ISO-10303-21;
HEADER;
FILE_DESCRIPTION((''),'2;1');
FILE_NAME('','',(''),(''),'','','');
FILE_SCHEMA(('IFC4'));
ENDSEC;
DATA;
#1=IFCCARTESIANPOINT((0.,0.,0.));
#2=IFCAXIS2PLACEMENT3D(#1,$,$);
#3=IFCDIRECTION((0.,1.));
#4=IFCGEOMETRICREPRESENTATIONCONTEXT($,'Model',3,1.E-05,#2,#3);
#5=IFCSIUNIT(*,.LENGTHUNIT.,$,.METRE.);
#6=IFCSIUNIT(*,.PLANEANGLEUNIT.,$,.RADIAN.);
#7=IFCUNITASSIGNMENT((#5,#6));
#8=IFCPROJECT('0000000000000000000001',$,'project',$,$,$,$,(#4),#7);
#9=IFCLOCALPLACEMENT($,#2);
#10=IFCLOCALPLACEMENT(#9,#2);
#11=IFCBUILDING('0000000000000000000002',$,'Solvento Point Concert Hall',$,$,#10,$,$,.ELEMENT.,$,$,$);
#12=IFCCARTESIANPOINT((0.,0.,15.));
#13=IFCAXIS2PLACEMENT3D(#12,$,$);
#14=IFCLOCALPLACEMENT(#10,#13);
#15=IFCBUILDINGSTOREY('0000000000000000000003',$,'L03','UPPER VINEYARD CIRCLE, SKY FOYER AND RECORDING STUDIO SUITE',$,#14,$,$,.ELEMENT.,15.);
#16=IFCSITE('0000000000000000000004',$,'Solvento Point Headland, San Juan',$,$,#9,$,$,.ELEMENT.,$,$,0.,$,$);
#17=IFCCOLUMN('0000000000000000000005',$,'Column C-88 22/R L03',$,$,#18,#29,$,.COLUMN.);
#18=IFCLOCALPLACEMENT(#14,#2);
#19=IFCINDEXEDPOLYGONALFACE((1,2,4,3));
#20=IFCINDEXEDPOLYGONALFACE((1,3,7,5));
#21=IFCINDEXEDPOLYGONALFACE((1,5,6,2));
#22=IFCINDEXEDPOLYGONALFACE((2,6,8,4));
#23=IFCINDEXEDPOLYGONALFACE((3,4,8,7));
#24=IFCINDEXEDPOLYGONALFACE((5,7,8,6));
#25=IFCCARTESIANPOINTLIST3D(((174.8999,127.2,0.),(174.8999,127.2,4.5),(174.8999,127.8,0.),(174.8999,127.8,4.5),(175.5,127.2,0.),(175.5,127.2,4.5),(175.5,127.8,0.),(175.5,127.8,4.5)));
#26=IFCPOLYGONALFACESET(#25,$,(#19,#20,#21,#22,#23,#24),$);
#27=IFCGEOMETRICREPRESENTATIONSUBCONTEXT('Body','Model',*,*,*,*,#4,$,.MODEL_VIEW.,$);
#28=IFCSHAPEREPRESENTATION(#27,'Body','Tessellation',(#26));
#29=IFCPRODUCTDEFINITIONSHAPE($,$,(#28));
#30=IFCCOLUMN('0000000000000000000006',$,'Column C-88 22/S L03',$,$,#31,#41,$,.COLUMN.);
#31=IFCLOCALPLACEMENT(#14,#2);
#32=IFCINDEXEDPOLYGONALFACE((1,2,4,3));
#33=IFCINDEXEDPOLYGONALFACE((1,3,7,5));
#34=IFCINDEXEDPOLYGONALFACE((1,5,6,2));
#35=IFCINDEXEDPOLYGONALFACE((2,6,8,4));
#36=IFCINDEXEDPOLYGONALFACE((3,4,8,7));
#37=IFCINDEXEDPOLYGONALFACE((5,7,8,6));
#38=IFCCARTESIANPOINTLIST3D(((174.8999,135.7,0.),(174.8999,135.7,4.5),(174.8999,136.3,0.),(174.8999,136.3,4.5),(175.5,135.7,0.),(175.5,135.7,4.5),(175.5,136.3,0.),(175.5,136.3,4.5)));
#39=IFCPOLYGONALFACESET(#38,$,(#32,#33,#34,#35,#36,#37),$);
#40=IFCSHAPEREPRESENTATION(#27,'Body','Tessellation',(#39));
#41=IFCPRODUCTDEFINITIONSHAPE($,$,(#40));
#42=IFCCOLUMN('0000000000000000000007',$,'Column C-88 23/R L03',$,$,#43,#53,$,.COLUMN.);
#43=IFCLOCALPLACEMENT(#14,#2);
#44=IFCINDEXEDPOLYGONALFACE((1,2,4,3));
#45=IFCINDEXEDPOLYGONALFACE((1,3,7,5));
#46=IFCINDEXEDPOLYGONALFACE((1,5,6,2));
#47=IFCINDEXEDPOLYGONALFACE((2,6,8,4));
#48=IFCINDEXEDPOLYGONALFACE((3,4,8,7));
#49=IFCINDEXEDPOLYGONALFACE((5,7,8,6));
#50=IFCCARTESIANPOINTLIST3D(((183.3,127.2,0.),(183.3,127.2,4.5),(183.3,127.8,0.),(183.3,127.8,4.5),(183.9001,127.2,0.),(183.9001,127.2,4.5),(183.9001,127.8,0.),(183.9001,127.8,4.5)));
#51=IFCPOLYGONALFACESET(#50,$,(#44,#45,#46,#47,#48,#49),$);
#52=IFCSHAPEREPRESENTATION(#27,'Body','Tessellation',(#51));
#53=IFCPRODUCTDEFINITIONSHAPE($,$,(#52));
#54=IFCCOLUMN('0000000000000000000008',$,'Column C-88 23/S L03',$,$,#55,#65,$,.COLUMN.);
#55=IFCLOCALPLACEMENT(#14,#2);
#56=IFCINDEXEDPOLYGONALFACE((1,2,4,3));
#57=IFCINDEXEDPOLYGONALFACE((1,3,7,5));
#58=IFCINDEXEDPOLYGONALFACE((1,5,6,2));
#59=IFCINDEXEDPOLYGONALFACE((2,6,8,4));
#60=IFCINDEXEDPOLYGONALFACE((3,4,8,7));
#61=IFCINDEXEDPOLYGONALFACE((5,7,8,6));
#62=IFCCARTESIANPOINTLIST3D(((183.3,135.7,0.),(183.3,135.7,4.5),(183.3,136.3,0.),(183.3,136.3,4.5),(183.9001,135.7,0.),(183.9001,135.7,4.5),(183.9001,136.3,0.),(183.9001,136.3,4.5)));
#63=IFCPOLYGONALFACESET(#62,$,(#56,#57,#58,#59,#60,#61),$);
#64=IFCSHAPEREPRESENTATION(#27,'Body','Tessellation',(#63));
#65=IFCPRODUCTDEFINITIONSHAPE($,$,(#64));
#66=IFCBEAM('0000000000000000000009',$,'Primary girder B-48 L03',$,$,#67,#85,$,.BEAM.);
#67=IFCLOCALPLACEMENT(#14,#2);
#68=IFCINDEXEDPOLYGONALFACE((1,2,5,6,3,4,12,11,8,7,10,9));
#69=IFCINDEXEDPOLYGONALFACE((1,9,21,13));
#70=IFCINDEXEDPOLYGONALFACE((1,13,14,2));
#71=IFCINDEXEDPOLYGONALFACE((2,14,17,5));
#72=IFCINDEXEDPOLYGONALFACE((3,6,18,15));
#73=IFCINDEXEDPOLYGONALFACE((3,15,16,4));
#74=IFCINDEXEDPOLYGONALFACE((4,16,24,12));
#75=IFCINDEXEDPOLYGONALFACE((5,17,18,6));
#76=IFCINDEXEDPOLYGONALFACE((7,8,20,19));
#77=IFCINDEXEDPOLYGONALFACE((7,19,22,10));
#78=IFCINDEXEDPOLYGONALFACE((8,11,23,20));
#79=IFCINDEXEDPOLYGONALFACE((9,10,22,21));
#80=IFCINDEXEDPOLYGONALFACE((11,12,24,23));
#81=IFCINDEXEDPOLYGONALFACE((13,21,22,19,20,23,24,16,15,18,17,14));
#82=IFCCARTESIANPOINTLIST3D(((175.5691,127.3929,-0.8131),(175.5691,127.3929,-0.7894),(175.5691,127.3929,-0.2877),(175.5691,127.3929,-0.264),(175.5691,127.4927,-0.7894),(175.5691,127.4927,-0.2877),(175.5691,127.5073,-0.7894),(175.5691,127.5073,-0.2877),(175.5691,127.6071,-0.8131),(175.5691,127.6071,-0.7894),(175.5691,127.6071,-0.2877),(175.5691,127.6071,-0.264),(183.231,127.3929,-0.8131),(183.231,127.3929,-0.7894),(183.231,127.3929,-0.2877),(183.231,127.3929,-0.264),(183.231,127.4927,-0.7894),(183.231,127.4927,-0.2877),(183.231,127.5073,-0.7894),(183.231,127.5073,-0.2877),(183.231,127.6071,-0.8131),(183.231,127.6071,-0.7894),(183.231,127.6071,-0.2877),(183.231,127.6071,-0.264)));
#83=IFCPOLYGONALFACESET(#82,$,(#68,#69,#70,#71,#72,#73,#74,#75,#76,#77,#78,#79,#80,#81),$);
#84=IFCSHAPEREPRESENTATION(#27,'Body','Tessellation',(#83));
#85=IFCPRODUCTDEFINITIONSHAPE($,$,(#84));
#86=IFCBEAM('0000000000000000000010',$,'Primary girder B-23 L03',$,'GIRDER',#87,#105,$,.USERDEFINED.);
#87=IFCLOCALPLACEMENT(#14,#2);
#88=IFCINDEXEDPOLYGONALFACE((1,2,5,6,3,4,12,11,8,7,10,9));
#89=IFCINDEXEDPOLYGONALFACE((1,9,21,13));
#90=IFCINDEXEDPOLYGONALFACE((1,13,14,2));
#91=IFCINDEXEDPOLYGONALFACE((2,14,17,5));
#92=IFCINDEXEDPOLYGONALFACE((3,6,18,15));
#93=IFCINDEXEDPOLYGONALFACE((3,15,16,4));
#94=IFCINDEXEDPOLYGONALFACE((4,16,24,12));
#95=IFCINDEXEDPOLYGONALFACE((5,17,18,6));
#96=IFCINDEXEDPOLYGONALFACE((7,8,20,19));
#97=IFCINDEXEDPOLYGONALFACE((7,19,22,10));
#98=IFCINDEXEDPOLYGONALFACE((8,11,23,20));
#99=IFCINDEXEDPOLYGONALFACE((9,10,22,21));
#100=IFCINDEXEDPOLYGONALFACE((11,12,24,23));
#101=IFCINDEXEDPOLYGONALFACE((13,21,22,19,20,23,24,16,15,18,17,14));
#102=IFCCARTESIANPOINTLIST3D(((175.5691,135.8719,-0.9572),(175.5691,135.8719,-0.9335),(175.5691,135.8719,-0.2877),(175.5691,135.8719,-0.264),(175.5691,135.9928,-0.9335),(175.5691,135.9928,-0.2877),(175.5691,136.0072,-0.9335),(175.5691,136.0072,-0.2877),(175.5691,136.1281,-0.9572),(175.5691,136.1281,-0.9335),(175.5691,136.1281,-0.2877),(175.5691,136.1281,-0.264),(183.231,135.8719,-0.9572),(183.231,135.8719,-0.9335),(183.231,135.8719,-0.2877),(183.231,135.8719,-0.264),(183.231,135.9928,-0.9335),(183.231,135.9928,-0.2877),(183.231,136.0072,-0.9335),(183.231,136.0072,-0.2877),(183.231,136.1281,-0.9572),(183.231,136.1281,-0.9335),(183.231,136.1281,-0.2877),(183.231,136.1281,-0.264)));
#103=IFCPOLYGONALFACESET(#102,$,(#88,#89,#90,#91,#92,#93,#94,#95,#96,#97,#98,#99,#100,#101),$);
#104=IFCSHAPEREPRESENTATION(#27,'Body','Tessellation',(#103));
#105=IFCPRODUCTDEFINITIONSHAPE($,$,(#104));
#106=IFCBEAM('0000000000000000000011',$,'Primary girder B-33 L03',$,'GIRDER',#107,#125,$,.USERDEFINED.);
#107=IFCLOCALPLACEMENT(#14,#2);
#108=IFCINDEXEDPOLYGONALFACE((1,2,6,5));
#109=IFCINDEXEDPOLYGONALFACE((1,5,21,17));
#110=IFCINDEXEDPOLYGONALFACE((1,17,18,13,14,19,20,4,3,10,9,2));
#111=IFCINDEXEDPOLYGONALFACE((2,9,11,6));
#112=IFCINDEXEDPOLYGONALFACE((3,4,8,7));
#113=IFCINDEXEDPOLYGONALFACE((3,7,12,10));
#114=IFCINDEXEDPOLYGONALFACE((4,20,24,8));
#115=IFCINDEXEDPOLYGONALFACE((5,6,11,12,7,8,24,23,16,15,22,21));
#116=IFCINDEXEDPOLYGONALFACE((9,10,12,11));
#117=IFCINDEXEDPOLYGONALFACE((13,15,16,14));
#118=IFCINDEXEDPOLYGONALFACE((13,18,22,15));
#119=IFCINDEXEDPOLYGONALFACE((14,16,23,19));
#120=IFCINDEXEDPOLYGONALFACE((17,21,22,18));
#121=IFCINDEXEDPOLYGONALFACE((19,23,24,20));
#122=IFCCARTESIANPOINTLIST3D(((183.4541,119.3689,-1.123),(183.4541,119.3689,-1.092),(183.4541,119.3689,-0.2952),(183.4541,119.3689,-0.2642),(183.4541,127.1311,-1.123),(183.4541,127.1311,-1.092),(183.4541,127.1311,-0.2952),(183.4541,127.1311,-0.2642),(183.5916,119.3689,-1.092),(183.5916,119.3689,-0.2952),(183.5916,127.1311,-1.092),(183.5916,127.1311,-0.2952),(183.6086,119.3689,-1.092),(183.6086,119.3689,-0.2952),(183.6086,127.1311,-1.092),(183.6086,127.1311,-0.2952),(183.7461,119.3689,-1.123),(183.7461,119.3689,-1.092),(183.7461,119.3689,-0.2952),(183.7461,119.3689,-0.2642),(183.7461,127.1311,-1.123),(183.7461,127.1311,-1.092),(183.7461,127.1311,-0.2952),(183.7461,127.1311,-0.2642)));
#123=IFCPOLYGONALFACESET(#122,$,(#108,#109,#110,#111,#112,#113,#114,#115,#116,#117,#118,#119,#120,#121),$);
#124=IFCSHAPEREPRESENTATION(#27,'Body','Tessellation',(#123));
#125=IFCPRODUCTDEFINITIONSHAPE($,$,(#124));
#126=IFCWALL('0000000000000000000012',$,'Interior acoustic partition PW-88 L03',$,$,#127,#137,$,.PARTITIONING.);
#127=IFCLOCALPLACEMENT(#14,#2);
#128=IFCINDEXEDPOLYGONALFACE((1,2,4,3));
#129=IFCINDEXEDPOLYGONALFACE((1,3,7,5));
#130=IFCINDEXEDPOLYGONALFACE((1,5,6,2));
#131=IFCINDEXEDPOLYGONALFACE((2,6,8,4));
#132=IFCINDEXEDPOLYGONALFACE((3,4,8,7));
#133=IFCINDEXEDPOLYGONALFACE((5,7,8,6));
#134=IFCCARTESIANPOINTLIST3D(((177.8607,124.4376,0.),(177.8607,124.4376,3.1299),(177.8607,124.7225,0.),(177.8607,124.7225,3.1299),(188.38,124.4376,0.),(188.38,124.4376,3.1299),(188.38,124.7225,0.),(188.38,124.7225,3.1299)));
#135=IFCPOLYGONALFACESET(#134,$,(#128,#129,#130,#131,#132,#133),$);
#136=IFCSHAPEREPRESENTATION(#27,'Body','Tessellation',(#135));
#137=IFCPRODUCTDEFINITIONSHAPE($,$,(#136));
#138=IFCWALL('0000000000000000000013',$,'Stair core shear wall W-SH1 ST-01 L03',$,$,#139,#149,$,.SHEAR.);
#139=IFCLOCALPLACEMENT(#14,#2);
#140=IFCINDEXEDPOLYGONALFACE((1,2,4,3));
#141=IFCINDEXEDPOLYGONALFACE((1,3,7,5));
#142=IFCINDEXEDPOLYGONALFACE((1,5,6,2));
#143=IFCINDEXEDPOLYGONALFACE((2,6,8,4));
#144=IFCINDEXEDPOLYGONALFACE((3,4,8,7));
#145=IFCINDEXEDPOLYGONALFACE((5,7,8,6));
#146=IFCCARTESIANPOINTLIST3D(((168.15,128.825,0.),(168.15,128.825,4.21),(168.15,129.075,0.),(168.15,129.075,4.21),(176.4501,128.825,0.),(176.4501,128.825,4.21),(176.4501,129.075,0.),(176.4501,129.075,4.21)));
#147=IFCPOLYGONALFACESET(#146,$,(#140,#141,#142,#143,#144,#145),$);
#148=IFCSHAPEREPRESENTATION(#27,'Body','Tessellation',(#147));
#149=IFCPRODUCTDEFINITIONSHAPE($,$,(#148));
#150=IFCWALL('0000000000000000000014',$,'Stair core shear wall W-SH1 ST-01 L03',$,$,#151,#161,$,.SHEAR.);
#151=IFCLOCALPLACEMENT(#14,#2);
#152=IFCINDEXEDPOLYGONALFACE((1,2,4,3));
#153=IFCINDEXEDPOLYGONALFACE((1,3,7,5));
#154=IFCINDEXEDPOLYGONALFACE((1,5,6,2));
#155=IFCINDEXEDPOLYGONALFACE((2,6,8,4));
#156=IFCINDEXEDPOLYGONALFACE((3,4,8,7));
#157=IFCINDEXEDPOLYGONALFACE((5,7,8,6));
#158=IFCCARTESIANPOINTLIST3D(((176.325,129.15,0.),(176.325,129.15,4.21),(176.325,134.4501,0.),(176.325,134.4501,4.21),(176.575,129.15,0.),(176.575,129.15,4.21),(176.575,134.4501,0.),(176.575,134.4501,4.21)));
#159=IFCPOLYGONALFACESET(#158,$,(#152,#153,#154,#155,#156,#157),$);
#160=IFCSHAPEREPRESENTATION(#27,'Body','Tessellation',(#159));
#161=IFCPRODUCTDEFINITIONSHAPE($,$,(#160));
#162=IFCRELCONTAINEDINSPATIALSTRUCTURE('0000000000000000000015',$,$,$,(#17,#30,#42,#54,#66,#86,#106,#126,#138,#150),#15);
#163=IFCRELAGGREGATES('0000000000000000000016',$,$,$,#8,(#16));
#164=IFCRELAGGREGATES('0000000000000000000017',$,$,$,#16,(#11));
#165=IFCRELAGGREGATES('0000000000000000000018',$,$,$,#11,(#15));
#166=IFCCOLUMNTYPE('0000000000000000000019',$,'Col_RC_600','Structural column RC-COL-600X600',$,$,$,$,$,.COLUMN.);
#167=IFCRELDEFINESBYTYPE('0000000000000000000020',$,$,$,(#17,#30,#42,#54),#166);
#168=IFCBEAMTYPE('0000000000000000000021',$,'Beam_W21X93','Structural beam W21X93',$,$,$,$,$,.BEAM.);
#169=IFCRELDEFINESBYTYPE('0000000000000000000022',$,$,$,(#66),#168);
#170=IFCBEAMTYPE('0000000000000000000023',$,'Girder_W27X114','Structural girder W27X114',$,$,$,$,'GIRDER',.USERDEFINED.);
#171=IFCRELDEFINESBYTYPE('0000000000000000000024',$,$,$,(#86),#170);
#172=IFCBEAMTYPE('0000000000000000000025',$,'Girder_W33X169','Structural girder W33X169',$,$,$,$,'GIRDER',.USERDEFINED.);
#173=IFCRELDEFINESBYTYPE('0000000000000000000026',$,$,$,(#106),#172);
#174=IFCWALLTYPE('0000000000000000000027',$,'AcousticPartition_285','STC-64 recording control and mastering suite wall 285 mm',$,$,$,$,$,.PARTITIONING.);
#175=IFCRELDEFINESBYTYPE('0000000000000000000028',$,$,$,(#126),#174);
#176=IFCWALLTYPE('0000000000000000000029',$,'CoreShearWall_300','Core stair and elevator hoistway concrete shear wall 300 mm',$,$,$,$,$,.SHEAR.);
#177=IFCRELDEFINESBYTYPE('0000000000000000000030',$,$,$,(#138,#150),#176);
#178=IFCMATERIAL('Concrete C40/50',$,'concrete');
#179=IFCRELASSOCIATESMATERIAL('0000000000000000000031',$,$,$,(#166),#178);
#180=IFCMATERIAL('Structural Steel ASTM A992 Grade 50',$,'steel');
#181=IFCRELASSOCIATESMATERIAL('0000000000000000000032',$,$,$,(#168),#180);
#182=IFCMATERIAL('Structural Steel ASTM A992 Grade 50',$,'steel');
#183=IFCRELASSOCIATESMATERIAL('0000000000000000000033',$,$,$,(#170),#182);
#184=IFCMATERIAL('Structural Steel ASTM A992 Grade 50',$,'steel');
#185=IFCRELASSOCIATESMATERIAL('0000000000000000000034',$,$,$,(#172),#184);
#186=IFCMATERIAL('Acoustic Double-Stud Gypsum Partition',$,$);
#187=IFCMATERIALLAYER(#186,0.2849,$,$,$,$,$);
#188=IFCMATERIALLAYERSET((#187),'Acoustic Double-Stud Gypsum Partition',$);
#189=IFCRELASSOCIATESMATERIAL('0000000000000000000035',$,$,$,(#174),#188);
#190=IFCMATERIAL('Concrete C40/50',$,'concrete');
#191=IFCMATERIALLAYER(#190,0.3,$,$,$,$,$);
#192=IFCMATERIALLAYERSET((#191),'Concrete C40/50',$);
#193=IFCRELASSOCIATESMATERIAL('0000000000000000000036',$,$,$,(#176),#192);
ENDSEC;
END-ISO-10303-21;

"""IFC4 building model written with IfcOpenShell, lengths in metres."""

from ifc_helpers import new_model, si_unit, direction, frame, frame_2d, origin, origin_2d, place, context, subcontext, project, spatial, rectangle, i_section, extrude, material, layer, layer_set, material_profile, profile_set, type_object, element, save


model = new_model("IFC4")

# Units and contexts
model_context = context("Model", 3, precision=1e-05, world=origin(), true_north=direction((0.0, 1.0)))
body_context = subcontext(model_context, "Body", "Model", "MODEL_VIEW")
ifc_project = project(units=[si_unit("LENGTHUNIT", "METRE"), si_unit("PLANEANGLEUNIT", "RADIAN")], contexts=[model_context])

# Site, building, storey
site_placement = place(None, origin())
site = spatial("IfcSite", under=ifc_project, at=site_placement, Name="Solvento Point Headland, San Juan", CompositionType="ELEMENT", RefElevation=0.0)
building_placement = place(site_placement, origin())
building = spatial("IfcBuilding", under=site, at=building_placement, Name="Solvento Point Concert Hall", CompositionType="ELEMENT")
storey_placement = place(building_placement, frame((0.0, 0.0, 15.0)))
storey = spatial("IfcBuildingStorey", under=building, at=storey_placement, Name="L03", Description="UPPER VINEYARD CIRCLE, SKY FOYER AND RECORDING STUDIO SUITE", CompositionType="ELEMENT", Elevation=15.0)

# Columns
ifc_material_1 = material(Name="Concrete C40/50", Category="concrete")
ifc_material_profile_1 = material_profile(ifc_material_1, rectangle(XDim=0.6001, YDim=0.6001, at=origin_2d()), Name="RC-COL-600X600")
ifc_profile_set_1 = profile_set([ifc_material_profile_1], Name="Concrete C40/50")
column_type = type_object("IfcColumnType", Name="Col_RC_600", Description="Structural column RC-COL-600X600", PredefinedType="COLUMN", material=ifc_profile_set_1)
for number, where, z_axis, x_axis, name in (
    (1, (175.2, 127.5, 0.0), (0.0, 0.0, 1.0), (1.0, 0.0, 0.0), "Column C-88 22/R L03"),
    (2, (175.2, 136.0, 0.0), (0.0, 0.0, 1.0), (1.0, 0.0, 0.0), "Column C-88 22/S L03"),
    (3, (183.6001, 127.5, 0.0), (0.0, 0.0, 1.0), (1.0, 0.0, 0.0), "Column C-88 23/R L03"),
    (4, (183.6001, 136.0, 0.0), (0.0, 0.0, 1.0), (1.0, 0.0, 0.0), "Column C-88 23/S L03"),
):
    element("IfcColumn", number, at=place(storey_placement, frame(where, z_axis=z_axis, x_axis=x_axis)), inside=storey, type_object=column_type, Name=name, PredefinedType="COLUMN", context=body_context, shape_type="SweptSolid", body=[
        extrude(rectangle(XDim=0.6001, YDim=0.6001, at=origin_2d()), origin(), (0.0, 0.0, 1.0), 4.5),
    ])

# Beams
ifc_material_2 = material(Name="Structural Steel ASTM A992 Grade 50", Category="steel")
ifc_material_profile_2 = material_profile(ifc_material_2, i_section(OverallWidth=0.2141, OverallDepth=0.5491, WebThickness=0.0146, FlangeThickness=0.0237, at=origin_2d()), Name="W21X93")
ifc_profile_set_2 = profile_set([ifc_material_profile_2], Name="Structural Steel ASTM A992 Grade 50")
beam_type_1 = type_object("IfcBeamType", Name="Beam_W21X93", Description="Structural beam W21X93", PredefinedType="BEAM", material=ifc_profile_set_2)
beam_1_placement = place(storey_placement, frame((175.5691, 127.5, -0.5386), z_axis=(1.0, 0.0, 0.0), x_axis=(0.0, 1.0, 0.0)))
element("IfcBeam", 5, at=beam_1_placement, inside=storey, type_object=beam_type_1, Name="Primary girder B-48 L03", PredefinedType="BEAM", context=body_context, shape_type="SweptSolid", body=[
    extrude(i_section(OverallWidth=0.2141, OverallDepth=0.5491, WebThickness=0.0146, FlangeThickness=0.0237, at=origin_2d()), origin(), (0.0, 0.0, 1.0), 7.6619),
])
ifc_material_3 = material(Name="Structural Steel ASTM A992 Grade 50", Category="steel")
ifc_material_profile_3 = material_profile(ifc_material_3, i_section(OverallWidth=0.2561, OverallDepth=0.6931, WebThickness=0.0144, FlangeThickness=0.0237, at=origin_2d()), Name="W27X114")
ifc_profile_set_3 = profile_set([ifc_material_profile_3], Name="Structural Steel ASTM A992 Grade 50")
beam_type_2 = type_object("IfcBeamType", Name="Girder_W27X114", Description="Structural girder W27X114", ElementType="GIRDER", PredefinedType="USERDEFINED", material=ifc_profile_set_3)
beam_2_placement = place(storey_placement, frame((175.5691, 136.0, -0.6106), z_axis=(1.0, 0.0, 0.0), x_axis=(0.0, 1.0, 0.0)))
element("IfcBeam", 6, at=beam_2_placement, inside=storey, type_object=beam_type_2, Name="Primary girder B-23 L03", ObjectType="GIRDER", PredefinedType="USERDEFINED", context=body_context, shape_type="SweptSolid", body=[
    extrude(i_section(OverallWidth=0.2561, OverallDepth=0.6931, WebThickness=0.0144, FlangeThickness=0.0237, at=origin_2d()), origin(), (0.0, 0.0, 1.0), 7.6619),
])
ifc_material_4 = material(Name="Structural Steel ASTM A992 Grade 50", Category="steel")
ifc_material_profile_4 = material_profile(ifc_material_4, i_section(OverallWidth=0.292, OverallDepth=0.8589, WebThickness=0.0171, FlangeThickness=0.031, at=origin_2d()), Name="W33X169")
ifc_profile_set_4 = profile_set([ifc_material_profile_4], Name="Structural Steel ASTM A992 Grade 50")
beam_type_3 = type_object("IfcBeamType", Name="Girder_W33X169", Description="Structural girder W33X169", ElementType="GIRDER", PredefinedType="USERDEFINED", material=ifc_profile_set_4)
beam_3_placement = place(storey_placement, frame((183.6001, 119.3689, -0.6936), z_axis=(0.0, 1.0, 0.0), x_axis=(-1.0, 0.0, 0.0)))
element("IfcBeam", 7, at=beam_3_placement, inside=storey, type_object=beam_type_3, Name="Primary girder B-33 L03", ObjectType="GIRDER", PredefinedType="USERDEFINED", context=body_context, shape_type="SweptSolid", body=[
    extrude(i_section(OverallWidth=0.292, OverallDepth=0.8589, WebThickness=0.0171, FlangeThickness=0.031, at=origin_2d()), origin(), (0.0, 0.0, 1.0), 7.7622),
])

# Walls
ifc_material_5 = material(Name="Acoustic Double-Stud Gypsum Partition")
ifc_layer_1 = layer(ifc_material_5, 0.2849)
ifc_layer_set_1 = layer_set([ifc_layer_1], Name="Acoustic Double-Stud Gypsum Partition")
wall_type_1 = type_object("IfcWallType", Name="AcousticPartition_285", Description="STC-64 recording control and mastering suite wall 285 mm", PredefinedType="PARTITIONING", material=ifc_layer_set_1)
wall_1_placement = place(storey_placement, frame((177.8606, 124.5801, 0.0), z_axis=(0.0, 0.0, 1.0), x_axis=(1.0, 0.0, 0.0)))
element("IfcWall", 8, at=wall_1_placement, inside=storey, type_object=wall_type_1, Name="Interior acoustic partition PW-88 L03", PredefinedType="PARTITIONING", context=body_context, shape_type="SweptSolid", body=[
    extrude(rectangle(XDim=10.5193, YDim=0.2849, at=frame_2d((5.2598, 0.0))), origin(), (0.0, 0.0, 1.0), 3.1299),
])
ifc_material_6 = material(Name="Concrete C40/50", Category="concrete")
ifc_layer_2 = layer(ifc_material_6, 0.3)
ifc_layer_set_2 = layer_set([ifc_layer_2], Name="Concrete C40/50")
wall_type_2 = type_object("IfcWallType", Name="CoreShearWall_300", Description="Core stair and elevator hoistway concrete shear wall 300 mm", PredefinedType="SHEAR", material=ifc_layer_set_2)
wall_2_placement = place(storey_placement, frame((176.45, 128.95, 0.0), z_axis=(0.0, 0.0, 1.0), x_axis=(-1.0, 0.0, 0.0)))
element("IfcWall", 9, at=wall_2_placement, inside=storey, type_object=wall_type_2, Name="Stair core shear wall W-SH1 ST-01 L03", PredefinedType="SHEAR", context=body_context, shape_type="SweptSolid", body=[
    extrude(rectangle(XDim=8.3, YDim=0.25, at=frame_2d((4.1499, 0.0))), origin(), (0.0, 0.0, 1.0), 4.21),
])
wall_3_placement = place(storey_placement, frame((176.45, 134.45, 0.0), z_axis=(0.0, 0.0, 1.0), x_axis=(0.0, -1.0, 0.0)))
element("IfcWall", 10, at=wall_3_placement, inside=storey, type_object=wall_type_2, Name="Stair core shear wall W-SH1 ST-01 L03", PredefinedType="SHEAR", context=body_context, shape_type="SweptSolid", body=[
    extrude(rectangle(XDim=5.3, YDim=0.25, at=frame_2d((2.6499, 0.0))), origin(), (0.0, 0.0, 1.0), 4.21),
])

save(model, "model.ifc")
